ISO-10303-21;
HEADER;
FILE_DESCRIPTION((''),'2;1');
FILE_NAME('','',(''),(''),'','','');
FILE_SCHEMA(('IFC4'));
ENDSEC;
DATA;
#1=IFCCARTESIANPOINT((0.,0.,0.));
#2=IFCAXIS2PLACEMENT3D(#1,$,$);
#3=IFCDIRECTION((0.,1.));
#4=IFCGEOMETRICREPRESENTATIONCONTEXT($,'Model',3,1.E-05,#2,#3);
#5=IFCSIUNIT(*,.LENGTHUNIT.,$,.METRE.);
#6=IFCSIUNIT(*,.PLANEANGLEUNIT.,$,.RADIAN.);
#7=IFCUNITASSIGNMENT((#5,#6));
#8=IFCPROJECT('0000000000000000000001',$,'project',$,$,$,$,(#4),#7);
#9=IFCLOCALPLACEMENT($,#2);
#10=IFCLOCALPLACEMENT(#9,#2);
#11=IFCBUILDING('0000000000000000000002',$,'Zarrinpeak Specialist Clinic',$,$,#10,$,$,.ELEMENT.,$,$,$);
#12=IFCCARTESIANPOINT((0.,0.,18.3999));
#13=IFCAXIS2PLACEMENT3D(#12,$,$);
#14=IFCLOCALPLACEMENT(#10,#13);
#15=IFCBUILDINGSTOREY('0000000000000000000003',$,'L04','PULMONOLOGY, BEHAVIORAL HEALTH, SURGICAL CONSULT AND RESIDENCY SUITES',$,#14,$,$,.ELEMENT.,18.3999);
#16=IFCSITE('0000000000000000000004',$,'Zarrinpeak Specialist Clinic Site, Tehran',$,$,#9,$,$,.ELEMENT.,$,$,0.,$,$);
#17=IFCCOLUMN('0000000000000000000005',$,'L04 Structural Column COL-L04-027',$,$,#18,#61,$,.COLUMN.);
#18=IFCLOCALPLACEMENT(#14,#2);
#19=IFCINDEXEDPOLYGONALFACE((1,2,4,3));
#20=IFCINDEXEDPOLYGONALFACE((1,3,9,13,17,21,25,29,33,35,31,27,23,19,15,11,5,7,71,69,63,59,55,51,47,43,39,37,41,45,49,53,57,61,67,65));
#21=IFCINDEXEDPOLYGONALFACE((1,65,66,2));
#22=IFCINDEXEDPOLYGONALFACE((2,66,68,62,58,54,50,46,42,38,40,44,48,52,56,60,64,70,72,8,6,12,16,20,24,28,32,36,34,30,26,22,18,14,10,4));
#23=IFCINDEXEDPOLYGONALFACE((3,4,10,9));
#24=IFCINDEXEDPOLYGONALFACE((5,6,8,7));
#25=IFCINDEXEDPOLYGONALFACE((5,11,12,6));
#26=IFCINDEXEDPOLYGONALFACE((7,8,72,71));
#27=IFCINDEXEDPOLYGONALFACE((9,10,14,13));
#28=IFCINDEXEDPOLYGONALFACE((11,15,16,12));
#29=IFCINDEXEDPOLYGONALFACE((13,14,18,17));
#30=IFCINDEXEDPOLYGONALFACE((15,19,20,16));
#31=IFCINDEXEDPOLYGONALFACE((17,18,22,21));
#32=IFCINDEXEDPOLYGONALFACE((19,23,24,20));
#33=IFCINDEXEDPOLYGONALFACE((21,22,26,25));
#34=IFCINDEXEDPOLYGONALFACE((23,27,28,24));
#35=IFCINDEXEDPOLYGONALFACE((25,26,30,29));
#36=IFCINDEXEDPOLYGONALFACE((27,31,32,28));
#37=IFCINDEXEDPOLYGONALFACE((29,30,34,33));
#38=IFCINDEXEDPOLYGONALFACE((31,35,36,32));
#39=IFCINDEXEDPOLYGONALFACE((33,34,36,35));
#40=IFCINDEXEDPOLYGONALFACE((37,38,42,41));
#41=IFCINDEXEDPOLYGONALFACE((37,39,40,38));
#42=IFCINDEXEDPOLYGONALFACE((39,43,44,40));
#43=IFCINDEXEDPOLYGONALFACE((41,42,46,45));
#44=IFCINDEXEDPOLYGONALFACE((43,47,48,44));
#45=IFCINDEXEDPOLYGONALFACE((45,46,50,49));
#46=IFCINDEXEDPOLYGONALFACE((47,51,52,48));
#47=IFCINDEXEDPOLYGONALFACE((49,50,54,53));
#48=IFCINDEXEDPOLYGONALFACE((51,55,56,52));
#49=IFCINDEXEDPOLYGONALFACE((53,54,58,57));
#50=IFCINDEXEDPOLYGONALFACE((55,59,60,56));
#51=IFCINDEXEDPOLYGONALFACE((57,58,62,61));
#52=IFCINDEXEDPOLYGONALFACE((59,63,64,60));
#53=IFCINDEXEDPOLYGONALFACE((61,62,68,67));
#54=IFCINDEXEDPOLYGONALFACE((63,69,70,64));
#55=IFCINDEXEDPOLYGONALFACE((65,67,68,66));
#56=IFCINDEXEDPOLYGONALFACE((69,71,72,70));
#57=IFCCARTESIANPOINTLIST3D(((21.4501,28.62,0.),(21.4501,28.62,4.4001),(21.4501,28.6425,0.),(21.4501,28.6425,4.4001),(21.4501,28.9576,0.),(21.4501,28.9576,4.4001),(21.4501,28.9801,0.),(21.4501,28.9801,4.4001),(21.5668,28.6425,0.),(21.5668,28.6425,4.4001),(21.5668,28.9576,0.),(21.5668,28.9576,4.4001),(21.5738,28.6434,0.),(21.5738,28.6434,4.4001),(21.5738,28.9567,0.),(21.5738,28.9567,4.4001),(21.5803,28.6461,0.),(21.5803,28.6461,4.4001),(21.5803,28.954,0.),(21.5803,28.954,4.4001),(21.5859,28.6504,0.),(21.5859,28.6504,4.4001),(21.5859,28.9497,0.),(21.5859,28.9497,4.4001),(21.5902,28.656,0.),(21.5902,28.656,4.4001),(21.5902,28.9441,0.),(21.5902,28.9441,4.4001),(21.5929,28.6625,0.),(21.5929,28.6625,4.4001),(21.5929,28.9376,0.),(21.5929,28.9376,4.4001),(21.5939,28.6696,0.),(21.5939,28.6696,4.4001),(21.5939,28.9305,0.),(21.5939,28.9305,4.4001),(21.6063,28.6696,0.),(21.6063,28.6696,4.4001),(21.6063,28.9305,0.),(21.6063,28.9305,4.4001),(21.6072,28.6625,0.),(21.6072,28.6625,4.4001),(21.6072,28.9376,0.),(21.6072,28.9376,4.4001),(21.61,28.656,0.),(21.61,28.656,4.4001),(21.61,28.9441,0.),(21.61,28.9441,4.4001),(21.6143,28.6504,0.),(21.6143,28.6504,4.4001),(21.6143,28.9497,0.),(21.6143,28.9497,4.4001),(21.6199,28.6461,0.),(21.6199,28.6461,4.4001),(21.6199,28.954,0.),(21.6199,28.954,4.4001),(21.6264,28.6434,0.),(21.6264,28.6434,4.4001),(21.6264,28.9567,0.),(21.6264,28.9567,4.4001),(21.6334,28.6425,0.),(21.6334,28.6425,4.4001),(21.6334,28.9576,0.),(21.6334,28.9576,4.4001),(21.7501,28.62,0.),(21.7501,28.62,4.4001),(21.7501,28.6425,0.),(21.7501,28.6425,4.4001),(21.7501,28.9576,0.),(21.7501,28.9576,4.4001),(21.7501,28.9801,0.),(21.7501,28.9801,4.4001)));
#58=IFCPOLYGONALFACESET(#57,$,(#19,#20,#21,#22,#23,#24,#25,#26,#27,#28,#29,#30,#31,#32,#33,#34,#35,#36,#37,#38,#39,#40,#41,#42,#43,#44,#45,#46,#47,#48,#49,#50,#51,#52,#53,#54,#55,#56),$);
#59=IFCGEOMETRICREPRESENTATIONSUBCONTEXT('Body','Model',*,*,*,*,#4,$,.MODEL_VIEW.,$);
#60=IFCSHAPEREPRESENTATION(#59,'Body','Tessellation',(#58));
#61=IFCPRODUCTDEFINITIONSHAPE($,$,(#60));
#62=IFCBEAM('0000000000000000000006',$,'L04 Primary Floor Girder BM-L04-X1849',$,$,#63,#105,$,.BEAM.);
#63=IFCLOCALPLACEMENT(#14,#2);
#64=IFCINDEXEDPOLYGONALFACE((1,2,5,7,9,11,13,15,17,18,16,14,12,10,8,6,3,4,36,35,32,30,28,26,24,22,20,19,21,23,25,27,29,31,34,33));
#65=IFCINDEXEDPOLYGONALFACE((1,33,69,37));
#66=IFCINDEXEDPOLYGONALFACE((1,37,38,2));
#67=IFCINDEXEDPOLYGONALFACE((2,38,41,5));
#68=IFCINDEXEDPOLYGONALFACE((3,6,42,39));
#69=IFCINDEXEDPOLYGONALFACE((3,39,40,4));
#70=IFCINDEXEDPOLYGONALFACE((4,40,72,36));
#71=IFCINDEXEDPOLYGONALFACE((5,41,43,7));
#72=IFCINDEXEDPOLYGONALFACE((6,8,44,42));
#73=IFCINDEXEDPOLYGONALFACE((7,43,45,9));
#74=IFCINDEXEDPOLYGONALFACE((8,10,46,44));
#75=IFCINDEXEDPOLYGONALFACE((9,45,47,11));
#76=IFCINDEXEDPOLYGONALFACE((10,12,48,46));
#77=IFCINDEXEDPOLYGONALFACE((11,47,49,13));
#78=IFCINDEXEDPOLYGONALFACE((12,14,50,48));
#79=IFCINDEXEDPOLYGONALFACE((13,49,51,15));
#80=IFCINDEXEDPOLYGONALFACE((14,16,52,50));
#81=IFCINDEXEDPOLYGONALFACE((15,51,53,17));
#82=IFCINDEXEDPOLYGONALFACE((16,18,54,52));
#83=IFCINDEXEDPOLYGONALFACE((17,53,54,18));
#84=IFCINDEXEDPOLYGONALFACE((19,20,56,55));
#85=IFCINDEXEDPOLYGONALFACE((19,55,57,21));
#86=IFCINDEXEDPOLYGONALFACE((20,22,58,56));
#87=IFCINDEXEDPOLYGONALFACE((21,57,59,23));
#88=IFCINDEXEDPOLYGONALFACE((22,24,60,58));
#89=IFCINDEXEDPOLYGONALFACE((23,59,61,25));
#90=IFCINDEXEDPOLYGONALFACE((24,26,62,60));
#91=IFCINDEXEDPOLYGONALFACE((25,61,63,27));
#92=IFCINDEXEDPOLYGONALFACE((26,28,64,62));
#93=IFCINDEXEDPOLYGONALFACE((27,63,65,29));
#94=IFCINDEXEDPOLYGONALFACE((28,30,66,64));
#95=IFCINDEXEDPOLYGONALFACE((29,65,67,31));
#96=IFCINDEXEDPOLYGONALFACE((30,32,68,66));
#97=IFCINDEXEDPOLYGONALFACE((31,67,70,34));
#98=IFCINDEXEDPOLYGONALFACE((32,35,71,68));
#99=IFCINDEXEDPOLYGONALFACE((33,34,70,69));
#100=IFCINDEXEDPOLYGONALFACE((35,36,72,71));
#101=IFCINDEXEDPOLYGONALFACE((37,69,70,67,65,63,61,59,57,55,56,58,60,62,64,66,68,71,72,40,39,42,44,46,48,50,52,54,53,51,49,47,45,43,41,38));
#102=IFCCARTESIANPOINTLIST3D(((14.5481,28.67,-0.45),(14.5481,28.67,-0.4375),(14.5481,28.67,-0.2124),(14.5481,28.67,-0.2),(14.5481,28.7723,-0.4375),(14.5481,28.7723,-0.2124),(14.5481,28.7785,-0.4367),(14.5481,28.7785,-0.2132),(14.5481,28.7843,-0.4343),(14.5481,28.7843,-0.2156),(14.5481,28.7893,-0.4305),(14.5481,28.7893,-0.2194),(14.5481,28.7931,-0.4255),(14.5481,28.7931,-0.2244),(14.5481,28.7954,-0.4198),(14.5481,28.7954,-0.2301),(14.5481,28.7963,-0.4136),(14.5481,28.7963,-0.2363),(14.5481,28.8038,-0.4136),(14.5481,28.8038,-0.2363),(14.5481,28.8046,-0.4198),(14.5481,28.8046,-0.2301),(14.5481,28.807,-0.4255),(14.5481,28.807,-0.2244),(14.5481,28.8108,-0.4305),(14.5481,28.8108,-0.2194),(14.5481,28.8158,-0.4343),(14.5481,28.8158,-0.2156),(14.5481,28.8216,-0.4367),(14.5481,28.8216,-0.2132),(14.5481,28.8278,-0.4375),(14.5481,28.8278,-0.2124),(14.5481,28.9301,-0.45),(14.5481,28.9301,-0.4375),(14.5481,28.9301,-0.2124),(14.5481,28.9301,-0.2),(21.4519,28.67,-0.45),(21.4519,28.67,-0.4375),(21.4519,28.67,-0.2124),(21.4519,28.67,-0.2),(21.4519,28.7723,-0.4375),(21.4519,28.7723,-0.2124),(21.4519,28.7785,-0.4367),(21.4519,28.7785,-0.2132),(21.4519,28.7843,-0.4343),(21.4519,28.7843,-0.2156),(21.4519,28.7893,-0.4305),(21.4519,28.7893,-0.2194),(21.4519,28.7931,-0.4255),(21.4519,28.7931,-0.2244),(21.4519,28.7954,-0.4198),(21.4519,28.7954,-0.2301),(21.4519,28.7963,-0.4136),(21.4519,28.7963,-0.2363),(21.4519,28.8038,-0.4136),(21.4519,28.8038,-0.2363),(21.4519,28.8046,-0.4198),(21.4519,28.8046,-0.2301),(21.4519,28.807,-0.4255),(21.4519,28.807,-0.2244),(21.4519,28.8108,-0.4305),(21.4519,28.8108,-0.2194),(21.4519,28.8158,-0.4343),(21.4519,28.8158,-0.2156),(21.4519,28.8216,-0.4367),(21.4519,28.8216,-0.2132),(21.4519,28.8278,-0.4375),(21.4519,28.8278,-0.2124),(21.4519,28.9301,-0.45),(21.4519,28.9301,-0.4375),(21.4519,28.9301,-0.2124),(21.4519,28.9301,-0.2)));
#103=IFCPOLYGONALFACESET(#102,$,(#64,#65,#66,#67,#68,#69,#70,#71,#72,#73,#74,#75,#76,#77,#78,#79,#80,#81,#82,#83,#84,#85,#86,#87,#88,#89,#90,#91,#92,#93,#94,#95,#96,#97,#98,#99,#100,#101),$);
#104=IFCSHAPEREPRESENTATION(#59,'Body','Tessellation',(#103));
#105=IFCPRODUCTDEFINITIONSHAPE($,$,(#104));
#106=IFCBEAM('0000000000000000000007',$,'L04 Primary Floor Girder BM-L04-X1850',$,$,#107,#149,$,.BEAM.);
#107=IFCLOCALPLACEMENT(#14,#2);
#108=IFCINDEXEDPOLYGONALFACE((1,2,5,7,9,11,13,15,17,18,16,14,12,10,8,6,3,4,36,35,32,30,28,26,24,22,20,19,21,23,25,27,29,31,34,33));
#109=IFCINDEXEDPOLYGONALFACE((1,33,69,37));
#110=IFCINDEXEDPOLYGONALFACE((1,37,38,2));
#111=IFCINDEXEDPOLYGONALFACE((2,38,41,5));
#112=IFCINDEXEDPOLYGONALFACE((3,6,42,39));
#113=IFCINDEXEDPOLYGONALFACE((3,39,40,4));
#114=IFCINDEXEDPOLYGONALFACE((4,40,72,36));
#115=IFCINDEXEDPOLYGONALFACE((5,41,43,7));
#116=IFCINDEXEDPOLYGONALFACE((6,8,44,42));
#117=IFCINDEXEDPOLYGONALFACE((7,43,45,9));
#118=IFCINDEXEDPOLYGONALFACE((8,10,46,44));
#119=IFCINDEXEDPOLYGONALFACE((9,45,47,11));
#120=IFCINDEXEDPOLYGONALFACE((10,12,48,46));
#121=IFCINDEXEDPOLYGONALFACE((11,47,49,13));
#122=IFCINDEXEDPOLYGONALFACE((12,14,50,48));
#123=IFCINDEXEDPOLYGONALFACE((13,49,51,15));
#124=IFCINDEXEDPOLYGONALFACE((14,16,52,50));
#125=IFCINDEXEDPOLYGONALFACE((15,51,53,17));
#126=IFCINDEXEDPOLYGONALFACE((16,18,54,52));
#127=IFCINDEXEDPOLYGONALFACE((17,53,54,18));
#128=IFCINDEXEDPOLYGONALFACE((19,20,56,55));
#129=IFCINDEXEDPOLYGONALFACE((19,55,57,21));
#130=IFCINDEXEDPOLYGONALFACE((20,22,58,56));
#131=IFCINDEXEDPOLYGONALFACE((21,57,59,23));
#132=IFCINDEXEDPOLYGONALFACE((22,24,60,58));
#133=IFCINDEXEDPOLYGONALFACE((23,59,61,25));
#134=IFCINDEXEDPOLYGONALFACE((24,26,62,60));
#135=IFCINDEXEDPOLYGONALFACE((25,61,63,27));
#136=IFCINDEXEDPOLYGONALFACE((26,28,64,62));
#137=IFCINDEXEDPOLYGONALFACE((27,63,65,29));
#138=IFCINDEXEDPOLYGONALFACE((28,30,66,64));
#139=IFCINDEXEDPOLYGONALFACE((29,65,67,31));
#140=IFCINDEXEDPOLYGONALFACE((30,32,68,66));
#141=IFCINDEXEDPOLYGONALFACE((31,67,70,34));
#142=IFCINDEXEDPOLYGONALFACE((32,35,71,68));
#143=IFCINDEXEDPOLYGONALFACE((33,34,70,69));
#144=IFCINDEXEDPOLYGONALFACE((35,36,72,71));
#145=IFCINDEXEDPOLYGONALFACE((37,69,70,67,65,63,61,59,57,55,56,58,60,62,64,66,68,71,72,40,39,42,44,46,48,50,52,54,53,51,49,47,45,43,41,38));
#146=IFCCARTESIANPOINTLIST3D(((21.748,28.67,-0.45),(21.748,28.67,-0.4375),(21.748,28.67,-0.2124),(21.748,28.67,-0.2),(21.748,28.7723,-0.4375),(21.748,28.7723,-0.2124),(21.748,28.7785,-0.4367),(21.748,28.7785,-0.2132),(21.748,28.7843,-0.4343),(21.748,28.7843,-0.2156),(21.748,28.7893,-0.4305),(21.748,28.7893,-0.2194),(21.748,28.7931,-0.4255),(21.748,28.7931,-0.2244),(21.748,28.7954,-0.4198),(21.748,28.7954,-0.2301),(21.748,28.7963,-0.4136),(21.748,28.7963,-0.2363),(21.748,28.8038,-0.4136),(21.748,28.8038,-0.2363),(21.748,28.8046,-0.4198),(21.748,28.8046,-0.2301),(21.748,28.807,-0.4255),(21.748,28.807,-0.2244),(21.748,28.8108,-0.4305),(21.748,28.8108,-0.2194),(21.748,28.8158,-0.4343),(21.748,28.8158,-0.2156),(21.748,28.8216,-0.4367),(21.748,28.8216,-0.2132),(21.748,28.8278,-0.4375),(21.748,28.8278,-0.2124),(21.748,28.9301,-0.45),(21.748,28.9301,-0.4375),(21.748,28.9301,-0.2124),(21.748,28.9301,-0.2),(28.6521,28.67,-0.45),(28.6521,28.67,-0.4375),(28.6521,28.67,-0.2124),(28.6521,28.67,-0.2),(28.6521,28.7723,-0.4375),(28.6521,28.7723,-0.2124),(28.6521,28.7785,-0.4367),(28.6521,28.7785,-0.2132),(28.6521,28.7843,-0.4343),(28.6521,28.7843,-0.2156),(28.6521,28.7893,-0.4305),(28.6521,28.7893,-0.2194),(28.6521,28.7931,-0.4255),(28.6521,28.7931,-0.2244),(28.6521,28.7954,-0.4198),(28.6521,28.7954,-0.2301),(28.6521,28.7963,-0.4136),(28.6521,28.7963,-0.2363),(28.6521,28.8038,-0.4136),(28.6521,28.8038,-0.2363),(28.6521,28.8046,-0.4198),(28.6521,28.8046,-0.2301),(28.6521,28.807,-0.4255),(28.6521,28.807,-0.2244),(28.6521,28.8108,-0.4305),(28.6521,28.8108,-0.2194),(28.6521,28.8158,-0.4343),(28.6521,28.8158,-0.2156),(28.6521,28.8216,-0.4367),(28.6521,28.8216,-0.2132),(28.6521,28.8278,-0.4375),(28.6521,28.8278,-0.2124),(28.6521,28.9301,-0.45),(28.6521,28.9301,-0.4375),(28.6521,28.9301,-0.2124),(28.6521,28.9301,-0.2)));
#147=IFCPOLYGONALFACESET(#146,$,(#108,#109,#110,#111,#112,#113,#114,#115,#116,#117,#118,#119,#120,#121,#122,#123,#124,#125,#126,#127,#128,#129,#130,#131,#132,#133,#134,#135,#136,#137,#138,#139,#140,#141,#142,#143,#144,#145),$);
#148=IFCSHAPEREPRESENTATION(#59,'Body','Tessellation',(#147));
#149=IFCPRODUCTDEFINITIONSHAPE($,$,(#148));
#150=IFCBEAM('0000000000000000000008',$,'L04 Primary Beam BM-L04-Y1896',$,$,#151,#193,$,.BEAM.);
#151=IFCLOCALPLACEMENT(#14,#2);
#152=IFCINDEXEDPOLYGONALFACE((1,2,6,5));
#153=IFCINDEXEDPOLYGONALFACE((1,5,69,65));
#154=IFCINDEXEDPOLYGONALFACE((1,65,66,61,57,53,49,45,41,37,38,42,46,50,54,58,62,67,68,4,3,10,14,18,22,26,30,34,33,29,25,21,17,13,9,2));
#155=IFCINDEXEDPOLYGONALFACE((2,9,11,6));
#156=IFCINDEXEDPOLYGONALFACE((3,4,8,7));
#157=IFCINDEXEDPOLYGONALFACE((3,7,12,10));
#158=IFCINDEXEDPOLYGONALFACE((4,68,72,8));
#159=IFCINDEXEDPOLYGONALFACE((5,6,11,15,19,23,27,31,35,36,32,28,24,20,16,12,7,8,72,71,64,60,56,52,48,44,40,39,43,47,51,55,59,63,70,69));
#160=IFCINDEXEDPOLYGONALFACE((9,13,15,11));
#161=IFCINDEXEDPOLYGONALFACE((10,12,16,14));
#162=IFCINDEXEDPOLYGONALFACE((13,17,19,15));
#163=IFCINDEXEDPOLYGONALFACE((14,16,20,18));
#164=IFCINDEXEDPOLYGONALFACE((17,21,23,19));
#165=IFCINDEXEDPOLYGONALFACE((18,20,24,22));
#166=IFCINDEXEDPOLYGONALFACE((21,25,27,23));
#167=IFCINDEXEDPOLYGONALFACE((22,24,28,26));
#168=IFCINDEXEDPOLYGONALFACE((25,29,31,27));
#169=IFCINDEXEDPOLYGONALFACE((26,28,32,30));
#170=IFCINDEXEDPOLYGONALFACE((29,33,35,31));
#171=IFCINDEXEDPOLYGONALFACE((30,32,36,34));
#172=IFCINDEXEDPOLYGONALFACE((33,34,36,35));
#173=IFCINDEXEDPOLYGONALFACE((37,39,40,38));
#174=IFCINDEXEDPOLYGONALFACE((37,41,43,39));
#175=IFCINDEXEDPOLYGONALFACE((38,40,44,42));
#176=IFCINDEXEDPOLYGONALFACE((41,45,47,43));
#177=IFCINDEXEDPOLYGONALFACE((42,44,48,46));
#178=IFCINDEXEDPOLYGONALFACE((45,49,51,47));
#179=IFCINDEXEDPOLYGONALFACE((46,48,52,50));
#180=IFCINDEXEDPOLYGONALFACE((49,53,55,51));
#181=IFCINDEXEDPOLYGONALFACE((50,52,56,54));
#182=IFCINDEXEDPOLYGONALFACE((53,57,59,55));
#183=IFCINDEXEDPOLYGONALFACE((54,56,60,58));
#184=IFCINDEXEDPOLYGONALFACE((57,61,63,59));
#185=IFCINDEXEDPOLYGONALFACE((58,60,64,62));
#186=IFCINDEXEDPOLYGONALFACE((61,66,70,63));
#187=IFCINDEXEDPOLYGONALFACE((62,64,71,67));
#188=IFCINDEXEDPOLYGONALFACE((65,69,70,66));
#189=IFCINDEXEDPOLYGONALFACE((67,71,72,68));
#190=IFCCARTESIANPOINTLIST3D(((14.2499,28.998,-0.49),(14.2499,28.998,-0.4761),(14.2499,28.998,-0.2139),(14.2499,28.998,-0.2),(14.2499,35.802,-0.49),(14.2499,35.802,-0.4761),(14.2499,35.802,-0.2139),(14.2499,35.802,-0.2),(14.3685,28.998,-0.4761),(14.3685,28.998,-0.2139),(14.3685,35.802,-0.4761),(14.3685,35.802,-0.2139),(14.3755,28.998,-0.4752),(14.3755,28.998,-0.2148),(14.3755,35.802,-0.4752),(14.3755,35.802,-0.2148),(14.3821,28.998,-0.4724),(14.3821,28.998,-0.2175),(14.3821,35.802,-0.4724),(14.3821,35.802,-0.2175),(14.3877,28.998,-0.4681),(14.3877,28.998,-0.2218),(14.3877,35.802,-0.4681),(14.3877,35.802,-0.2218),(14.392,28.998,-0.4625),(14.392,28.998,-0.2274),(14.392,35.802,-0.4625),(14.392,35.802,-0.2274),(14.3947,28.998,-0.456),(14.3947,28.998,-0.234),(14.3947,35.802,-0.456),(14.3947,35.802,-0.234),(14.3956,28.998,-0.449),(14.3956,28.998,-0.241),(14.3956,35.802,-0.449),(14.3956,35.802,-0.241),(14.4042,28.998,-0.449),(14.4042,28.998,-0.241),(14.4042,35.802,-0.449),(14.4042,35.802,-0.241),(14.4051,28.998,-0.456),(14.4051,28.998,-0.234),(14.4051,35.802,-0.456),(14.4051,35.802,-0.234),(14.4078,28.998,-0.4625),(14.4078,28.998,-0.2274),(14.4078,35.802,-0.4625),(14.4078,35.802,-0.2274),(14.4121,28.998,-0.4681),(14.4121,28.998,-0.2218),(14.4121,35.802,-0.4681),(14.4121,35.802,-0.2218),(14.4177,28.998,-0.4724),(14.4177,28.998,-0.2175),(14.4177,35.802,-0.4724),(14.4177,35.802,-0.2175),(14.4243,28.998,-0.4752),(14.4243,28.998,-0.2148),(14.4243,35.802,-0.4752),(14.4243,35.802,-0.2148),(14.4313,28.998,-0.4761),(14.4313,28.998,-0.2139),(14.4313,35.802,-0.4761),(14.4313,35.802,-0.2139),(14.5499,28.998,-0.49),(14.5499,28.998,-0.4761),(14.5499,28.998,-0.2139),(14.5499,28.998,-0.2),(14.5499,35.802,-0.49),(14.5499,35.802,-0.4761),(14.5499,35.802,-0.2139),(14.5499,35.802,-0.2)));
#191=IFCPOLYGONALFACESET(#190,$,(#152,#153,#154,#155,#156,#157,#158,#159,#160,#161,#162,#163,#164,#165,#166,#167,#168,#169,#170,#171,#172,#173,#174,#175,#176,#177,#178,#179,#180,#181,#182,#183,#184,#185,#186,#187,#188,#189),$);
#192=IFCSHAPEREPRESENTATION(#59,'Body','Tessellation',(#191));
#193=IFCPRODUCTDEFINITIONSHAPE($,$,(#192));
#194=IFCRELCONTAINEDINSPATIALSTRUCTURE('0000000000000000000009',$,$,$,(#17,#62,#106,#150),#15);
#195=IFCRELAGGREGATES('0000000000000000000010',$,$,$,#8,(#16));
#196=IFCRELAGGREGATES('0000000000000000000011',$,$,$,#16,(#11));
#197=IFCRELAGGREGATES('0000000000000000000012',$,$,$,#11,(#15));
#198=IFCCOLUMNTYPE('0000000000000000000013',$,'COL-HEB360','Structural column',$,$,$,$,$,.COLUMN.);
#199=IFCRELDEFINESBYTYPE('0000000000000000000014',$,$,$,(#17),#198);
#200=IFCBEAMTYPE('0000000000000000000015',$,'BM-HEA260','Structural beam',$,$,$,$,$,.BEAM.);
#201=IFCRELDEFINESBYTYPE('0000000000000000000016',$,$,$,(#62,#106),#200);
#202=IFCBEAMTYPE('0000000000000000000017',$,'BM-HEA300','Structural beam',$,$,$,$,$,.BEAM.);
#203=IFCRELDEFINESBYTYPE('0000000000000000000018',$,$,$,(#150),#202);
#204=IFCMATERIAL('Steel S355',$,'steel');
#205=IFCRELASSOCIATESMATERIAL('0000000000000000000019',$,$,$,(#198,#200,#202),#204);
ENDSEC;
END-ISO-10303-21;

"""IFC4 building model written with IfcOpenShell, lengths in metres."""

from ifc_helpers import new_model, si_unit, direction, frame, origin, origin_2d, place, context, subcontext, project, spatial, i_section, extrude, material, material_profile, profile_set, type_object, element, save


model = new_model("IFC4")

# Units and contexts
model_context = context("Model", 3, precision=1e-05, world=origin(), true_north=direction((0.0, 1.0)))
body_context = subcontext(model_context, "Body", "Model", "MODEL_VIEW")
ifc_project = project(units=[si_unit("LENGTHUNIT", "METRE"), si_unit("PLANEANGLEUNIT", "RADIAN")], contexts=[model_context])

# Site, building, storey
site_placement = place(None, origin())
site = spatial("IfcSite", under=ifc_project, at=site_placement, Name="Zarrinpeak Specialist Clinic Site, Tehran", CompositionType="ELEMENT", RefElevation=0.0)
building_placement = place(site_placement, origin())
building = spatial("IfcBuilding", under=site, at=building_placement, Name="Zarrinpeak Specialist Clinic", CompositionType="ELEMENT")
storey_placement = place(building_placement, frame((0.0, 0.0, 18.3999)))
storey = spatial("IfcBuildingStorey", under=building, at=storey_placement, Name="L04", Description="PULMONOLOGY, BEHAVIORAL HEALTH, SURGICAL CONSULT AND RESIDENCY SUITES", CompositionType="ELEMENT", Elevation=18.3999)

# Column
ifc_material_1 = material(Name="Steel S355", Category="steel")
ifc_material_profile_1 = material_profile(ifc_material_1, i_section(OverallWidth=0.3, OverallDepth=0.3601, WebThickness=0.0125, FlangeThickness=0.0225, FilletRadius=0.0271, at=origin_2d()), Name="HEB 360")
ifc_profile_set_1 = profile_set([ifc_material_profile_1], Name="Steel S355")
column_type = type_object("IfcColumnType", Name="COL-HEB360", Description="Structural column", PredefinedType="COLUMN", material=ifc_profile_set_1)
column_placement = place(storey_placement, frame((21.6001, 28.8, 0.0), z_axis=(0.0, 0.0, 1.0), x_axis=(1.0, 0.0, 0.0)))
element("IfcColumn", 1, at=column_placement, inside=storey, type_object=column_type, Name="L04 Structural Column COL-L04-027", PredefinedType="COLUMN", context=body_context, shape_type="SweptSolid", body=[
    extrude(i_section(OverallWidth=0.3, OverallDepth=0.3601, WebThickness=0.0125, FlangeThickness=0.0225, FilletRadius=0.0271, at=origin_2d()), origin(), (0.0, 0.0, 1.0), 4.4001),
])

# Beams
ifc_material_profile_2 = material_profile(ifc_material_1, i_section(OverallWidth=0.26, OverallDepth=0.25, WebThickness=0.0076, FlangeThickness=0.0125, FilletRadius=0.0239, at=origin_2d()), Name="HEA 260")
ifc_profile_set_2 = profile_set([ifc_material_profile_2], Name="Steel S355")
beam_type_1 = type_object("IfcBeamType", Name="BM-HEA260", Description="Structural beam", PredefinedType="BEAM", material=ifc_profile_set_2)
beam_1_placement = place(storey_placement, frame((14.5481, 28.8, -0.325), z_axis=(1.0, 0.0, 0.0), x_axis=(0.0, 1.0, 0.0)))
element("IfcBeam", 2, at=beam_1_placement, inside=storey, type_object=beam_type_1, Name="L04 Primary Floor Girder BM-L04-X1849", PredefinedType="BEAM", context=body_context, shape_type="SweptSolid", body=[
    extrude(i_section(OverallWidth=0.26, OverallDepth=0.25, WebThickness=0.0076, FlangeThickness=0.0125, FilletRadius=0.0239, at=origin_2d()), origin(), (0.0, 0.0, 1.0), 6.9038),
])
beam_2_placement = place(storey_placement, frame((21.748, 28.8, -0.325), z_axis=(1.0, 0.0, 0.0), x_axis=(0.0, 1.0, 0.0)))
element("IfcBeam", 3, at=beam_2_placement, inside=storey, type_object=beam_type_1, Name="L04 Primary Floor Girder BM-L04-X1850", PredefinedType="BEAM", context=body_context, shape_type="SweptSolid", body=[
    extrude(i_section(OverallWidth=0.26, OverallDepth=0.25, WebThickness=0.0076, FlangeThickness=0.0125, FilletRadius=0.0239, at=origin_2d()), origin(), (0.0, 0.0, 1.0), 6.9041),
])
ifc_material_profile_3 = material_profile(ifc_material_1, i_section(OverallWidth=0.3, OverallDepth=0.29, WebThickness=0.0085, FlangeThickness=0.0139, FilletRadius=0.0271, at=origin_2d()), Name="HEA 300")
ifc_profile_set_3 = profile_set([ifc_material_profile_3], Name="Steel S355")
beam_type_2 = type_object("IfcBeamType", Name="BM-HEA300", Description="Structural beam", PredefinedType="BEAM", material=ifc_profile_set_3)
for number, where, z_axis, x_axis, name in (
    (4, (14.3999, 28.998, -0.345), (0.0, 1.0, 0.0), (-1.0, 0.0, 0.0), "L04 Primary Beam BM-L04-Y1896"),
):
    element("IfcBeam", number, at=place(storey_placement, frame(where, z_axis=z_axis, x_axis=x_axis)), inside=storey, type_object=beam_type_2, Name=name, PredefinedType="BEAM", context=body_context, shape_type="SweptSolid", body=[
        extrude(i_section(OverallWidth=0.3, OverallDepth=0.29, WebThickness=0.0085, FlangeThickness=0.0139, FilletRadius=0.0271, at=origin_2d()), origin(), (0.0, 0.0, 1.0), 6.804),
    ])

save(model, "model.ifc")
